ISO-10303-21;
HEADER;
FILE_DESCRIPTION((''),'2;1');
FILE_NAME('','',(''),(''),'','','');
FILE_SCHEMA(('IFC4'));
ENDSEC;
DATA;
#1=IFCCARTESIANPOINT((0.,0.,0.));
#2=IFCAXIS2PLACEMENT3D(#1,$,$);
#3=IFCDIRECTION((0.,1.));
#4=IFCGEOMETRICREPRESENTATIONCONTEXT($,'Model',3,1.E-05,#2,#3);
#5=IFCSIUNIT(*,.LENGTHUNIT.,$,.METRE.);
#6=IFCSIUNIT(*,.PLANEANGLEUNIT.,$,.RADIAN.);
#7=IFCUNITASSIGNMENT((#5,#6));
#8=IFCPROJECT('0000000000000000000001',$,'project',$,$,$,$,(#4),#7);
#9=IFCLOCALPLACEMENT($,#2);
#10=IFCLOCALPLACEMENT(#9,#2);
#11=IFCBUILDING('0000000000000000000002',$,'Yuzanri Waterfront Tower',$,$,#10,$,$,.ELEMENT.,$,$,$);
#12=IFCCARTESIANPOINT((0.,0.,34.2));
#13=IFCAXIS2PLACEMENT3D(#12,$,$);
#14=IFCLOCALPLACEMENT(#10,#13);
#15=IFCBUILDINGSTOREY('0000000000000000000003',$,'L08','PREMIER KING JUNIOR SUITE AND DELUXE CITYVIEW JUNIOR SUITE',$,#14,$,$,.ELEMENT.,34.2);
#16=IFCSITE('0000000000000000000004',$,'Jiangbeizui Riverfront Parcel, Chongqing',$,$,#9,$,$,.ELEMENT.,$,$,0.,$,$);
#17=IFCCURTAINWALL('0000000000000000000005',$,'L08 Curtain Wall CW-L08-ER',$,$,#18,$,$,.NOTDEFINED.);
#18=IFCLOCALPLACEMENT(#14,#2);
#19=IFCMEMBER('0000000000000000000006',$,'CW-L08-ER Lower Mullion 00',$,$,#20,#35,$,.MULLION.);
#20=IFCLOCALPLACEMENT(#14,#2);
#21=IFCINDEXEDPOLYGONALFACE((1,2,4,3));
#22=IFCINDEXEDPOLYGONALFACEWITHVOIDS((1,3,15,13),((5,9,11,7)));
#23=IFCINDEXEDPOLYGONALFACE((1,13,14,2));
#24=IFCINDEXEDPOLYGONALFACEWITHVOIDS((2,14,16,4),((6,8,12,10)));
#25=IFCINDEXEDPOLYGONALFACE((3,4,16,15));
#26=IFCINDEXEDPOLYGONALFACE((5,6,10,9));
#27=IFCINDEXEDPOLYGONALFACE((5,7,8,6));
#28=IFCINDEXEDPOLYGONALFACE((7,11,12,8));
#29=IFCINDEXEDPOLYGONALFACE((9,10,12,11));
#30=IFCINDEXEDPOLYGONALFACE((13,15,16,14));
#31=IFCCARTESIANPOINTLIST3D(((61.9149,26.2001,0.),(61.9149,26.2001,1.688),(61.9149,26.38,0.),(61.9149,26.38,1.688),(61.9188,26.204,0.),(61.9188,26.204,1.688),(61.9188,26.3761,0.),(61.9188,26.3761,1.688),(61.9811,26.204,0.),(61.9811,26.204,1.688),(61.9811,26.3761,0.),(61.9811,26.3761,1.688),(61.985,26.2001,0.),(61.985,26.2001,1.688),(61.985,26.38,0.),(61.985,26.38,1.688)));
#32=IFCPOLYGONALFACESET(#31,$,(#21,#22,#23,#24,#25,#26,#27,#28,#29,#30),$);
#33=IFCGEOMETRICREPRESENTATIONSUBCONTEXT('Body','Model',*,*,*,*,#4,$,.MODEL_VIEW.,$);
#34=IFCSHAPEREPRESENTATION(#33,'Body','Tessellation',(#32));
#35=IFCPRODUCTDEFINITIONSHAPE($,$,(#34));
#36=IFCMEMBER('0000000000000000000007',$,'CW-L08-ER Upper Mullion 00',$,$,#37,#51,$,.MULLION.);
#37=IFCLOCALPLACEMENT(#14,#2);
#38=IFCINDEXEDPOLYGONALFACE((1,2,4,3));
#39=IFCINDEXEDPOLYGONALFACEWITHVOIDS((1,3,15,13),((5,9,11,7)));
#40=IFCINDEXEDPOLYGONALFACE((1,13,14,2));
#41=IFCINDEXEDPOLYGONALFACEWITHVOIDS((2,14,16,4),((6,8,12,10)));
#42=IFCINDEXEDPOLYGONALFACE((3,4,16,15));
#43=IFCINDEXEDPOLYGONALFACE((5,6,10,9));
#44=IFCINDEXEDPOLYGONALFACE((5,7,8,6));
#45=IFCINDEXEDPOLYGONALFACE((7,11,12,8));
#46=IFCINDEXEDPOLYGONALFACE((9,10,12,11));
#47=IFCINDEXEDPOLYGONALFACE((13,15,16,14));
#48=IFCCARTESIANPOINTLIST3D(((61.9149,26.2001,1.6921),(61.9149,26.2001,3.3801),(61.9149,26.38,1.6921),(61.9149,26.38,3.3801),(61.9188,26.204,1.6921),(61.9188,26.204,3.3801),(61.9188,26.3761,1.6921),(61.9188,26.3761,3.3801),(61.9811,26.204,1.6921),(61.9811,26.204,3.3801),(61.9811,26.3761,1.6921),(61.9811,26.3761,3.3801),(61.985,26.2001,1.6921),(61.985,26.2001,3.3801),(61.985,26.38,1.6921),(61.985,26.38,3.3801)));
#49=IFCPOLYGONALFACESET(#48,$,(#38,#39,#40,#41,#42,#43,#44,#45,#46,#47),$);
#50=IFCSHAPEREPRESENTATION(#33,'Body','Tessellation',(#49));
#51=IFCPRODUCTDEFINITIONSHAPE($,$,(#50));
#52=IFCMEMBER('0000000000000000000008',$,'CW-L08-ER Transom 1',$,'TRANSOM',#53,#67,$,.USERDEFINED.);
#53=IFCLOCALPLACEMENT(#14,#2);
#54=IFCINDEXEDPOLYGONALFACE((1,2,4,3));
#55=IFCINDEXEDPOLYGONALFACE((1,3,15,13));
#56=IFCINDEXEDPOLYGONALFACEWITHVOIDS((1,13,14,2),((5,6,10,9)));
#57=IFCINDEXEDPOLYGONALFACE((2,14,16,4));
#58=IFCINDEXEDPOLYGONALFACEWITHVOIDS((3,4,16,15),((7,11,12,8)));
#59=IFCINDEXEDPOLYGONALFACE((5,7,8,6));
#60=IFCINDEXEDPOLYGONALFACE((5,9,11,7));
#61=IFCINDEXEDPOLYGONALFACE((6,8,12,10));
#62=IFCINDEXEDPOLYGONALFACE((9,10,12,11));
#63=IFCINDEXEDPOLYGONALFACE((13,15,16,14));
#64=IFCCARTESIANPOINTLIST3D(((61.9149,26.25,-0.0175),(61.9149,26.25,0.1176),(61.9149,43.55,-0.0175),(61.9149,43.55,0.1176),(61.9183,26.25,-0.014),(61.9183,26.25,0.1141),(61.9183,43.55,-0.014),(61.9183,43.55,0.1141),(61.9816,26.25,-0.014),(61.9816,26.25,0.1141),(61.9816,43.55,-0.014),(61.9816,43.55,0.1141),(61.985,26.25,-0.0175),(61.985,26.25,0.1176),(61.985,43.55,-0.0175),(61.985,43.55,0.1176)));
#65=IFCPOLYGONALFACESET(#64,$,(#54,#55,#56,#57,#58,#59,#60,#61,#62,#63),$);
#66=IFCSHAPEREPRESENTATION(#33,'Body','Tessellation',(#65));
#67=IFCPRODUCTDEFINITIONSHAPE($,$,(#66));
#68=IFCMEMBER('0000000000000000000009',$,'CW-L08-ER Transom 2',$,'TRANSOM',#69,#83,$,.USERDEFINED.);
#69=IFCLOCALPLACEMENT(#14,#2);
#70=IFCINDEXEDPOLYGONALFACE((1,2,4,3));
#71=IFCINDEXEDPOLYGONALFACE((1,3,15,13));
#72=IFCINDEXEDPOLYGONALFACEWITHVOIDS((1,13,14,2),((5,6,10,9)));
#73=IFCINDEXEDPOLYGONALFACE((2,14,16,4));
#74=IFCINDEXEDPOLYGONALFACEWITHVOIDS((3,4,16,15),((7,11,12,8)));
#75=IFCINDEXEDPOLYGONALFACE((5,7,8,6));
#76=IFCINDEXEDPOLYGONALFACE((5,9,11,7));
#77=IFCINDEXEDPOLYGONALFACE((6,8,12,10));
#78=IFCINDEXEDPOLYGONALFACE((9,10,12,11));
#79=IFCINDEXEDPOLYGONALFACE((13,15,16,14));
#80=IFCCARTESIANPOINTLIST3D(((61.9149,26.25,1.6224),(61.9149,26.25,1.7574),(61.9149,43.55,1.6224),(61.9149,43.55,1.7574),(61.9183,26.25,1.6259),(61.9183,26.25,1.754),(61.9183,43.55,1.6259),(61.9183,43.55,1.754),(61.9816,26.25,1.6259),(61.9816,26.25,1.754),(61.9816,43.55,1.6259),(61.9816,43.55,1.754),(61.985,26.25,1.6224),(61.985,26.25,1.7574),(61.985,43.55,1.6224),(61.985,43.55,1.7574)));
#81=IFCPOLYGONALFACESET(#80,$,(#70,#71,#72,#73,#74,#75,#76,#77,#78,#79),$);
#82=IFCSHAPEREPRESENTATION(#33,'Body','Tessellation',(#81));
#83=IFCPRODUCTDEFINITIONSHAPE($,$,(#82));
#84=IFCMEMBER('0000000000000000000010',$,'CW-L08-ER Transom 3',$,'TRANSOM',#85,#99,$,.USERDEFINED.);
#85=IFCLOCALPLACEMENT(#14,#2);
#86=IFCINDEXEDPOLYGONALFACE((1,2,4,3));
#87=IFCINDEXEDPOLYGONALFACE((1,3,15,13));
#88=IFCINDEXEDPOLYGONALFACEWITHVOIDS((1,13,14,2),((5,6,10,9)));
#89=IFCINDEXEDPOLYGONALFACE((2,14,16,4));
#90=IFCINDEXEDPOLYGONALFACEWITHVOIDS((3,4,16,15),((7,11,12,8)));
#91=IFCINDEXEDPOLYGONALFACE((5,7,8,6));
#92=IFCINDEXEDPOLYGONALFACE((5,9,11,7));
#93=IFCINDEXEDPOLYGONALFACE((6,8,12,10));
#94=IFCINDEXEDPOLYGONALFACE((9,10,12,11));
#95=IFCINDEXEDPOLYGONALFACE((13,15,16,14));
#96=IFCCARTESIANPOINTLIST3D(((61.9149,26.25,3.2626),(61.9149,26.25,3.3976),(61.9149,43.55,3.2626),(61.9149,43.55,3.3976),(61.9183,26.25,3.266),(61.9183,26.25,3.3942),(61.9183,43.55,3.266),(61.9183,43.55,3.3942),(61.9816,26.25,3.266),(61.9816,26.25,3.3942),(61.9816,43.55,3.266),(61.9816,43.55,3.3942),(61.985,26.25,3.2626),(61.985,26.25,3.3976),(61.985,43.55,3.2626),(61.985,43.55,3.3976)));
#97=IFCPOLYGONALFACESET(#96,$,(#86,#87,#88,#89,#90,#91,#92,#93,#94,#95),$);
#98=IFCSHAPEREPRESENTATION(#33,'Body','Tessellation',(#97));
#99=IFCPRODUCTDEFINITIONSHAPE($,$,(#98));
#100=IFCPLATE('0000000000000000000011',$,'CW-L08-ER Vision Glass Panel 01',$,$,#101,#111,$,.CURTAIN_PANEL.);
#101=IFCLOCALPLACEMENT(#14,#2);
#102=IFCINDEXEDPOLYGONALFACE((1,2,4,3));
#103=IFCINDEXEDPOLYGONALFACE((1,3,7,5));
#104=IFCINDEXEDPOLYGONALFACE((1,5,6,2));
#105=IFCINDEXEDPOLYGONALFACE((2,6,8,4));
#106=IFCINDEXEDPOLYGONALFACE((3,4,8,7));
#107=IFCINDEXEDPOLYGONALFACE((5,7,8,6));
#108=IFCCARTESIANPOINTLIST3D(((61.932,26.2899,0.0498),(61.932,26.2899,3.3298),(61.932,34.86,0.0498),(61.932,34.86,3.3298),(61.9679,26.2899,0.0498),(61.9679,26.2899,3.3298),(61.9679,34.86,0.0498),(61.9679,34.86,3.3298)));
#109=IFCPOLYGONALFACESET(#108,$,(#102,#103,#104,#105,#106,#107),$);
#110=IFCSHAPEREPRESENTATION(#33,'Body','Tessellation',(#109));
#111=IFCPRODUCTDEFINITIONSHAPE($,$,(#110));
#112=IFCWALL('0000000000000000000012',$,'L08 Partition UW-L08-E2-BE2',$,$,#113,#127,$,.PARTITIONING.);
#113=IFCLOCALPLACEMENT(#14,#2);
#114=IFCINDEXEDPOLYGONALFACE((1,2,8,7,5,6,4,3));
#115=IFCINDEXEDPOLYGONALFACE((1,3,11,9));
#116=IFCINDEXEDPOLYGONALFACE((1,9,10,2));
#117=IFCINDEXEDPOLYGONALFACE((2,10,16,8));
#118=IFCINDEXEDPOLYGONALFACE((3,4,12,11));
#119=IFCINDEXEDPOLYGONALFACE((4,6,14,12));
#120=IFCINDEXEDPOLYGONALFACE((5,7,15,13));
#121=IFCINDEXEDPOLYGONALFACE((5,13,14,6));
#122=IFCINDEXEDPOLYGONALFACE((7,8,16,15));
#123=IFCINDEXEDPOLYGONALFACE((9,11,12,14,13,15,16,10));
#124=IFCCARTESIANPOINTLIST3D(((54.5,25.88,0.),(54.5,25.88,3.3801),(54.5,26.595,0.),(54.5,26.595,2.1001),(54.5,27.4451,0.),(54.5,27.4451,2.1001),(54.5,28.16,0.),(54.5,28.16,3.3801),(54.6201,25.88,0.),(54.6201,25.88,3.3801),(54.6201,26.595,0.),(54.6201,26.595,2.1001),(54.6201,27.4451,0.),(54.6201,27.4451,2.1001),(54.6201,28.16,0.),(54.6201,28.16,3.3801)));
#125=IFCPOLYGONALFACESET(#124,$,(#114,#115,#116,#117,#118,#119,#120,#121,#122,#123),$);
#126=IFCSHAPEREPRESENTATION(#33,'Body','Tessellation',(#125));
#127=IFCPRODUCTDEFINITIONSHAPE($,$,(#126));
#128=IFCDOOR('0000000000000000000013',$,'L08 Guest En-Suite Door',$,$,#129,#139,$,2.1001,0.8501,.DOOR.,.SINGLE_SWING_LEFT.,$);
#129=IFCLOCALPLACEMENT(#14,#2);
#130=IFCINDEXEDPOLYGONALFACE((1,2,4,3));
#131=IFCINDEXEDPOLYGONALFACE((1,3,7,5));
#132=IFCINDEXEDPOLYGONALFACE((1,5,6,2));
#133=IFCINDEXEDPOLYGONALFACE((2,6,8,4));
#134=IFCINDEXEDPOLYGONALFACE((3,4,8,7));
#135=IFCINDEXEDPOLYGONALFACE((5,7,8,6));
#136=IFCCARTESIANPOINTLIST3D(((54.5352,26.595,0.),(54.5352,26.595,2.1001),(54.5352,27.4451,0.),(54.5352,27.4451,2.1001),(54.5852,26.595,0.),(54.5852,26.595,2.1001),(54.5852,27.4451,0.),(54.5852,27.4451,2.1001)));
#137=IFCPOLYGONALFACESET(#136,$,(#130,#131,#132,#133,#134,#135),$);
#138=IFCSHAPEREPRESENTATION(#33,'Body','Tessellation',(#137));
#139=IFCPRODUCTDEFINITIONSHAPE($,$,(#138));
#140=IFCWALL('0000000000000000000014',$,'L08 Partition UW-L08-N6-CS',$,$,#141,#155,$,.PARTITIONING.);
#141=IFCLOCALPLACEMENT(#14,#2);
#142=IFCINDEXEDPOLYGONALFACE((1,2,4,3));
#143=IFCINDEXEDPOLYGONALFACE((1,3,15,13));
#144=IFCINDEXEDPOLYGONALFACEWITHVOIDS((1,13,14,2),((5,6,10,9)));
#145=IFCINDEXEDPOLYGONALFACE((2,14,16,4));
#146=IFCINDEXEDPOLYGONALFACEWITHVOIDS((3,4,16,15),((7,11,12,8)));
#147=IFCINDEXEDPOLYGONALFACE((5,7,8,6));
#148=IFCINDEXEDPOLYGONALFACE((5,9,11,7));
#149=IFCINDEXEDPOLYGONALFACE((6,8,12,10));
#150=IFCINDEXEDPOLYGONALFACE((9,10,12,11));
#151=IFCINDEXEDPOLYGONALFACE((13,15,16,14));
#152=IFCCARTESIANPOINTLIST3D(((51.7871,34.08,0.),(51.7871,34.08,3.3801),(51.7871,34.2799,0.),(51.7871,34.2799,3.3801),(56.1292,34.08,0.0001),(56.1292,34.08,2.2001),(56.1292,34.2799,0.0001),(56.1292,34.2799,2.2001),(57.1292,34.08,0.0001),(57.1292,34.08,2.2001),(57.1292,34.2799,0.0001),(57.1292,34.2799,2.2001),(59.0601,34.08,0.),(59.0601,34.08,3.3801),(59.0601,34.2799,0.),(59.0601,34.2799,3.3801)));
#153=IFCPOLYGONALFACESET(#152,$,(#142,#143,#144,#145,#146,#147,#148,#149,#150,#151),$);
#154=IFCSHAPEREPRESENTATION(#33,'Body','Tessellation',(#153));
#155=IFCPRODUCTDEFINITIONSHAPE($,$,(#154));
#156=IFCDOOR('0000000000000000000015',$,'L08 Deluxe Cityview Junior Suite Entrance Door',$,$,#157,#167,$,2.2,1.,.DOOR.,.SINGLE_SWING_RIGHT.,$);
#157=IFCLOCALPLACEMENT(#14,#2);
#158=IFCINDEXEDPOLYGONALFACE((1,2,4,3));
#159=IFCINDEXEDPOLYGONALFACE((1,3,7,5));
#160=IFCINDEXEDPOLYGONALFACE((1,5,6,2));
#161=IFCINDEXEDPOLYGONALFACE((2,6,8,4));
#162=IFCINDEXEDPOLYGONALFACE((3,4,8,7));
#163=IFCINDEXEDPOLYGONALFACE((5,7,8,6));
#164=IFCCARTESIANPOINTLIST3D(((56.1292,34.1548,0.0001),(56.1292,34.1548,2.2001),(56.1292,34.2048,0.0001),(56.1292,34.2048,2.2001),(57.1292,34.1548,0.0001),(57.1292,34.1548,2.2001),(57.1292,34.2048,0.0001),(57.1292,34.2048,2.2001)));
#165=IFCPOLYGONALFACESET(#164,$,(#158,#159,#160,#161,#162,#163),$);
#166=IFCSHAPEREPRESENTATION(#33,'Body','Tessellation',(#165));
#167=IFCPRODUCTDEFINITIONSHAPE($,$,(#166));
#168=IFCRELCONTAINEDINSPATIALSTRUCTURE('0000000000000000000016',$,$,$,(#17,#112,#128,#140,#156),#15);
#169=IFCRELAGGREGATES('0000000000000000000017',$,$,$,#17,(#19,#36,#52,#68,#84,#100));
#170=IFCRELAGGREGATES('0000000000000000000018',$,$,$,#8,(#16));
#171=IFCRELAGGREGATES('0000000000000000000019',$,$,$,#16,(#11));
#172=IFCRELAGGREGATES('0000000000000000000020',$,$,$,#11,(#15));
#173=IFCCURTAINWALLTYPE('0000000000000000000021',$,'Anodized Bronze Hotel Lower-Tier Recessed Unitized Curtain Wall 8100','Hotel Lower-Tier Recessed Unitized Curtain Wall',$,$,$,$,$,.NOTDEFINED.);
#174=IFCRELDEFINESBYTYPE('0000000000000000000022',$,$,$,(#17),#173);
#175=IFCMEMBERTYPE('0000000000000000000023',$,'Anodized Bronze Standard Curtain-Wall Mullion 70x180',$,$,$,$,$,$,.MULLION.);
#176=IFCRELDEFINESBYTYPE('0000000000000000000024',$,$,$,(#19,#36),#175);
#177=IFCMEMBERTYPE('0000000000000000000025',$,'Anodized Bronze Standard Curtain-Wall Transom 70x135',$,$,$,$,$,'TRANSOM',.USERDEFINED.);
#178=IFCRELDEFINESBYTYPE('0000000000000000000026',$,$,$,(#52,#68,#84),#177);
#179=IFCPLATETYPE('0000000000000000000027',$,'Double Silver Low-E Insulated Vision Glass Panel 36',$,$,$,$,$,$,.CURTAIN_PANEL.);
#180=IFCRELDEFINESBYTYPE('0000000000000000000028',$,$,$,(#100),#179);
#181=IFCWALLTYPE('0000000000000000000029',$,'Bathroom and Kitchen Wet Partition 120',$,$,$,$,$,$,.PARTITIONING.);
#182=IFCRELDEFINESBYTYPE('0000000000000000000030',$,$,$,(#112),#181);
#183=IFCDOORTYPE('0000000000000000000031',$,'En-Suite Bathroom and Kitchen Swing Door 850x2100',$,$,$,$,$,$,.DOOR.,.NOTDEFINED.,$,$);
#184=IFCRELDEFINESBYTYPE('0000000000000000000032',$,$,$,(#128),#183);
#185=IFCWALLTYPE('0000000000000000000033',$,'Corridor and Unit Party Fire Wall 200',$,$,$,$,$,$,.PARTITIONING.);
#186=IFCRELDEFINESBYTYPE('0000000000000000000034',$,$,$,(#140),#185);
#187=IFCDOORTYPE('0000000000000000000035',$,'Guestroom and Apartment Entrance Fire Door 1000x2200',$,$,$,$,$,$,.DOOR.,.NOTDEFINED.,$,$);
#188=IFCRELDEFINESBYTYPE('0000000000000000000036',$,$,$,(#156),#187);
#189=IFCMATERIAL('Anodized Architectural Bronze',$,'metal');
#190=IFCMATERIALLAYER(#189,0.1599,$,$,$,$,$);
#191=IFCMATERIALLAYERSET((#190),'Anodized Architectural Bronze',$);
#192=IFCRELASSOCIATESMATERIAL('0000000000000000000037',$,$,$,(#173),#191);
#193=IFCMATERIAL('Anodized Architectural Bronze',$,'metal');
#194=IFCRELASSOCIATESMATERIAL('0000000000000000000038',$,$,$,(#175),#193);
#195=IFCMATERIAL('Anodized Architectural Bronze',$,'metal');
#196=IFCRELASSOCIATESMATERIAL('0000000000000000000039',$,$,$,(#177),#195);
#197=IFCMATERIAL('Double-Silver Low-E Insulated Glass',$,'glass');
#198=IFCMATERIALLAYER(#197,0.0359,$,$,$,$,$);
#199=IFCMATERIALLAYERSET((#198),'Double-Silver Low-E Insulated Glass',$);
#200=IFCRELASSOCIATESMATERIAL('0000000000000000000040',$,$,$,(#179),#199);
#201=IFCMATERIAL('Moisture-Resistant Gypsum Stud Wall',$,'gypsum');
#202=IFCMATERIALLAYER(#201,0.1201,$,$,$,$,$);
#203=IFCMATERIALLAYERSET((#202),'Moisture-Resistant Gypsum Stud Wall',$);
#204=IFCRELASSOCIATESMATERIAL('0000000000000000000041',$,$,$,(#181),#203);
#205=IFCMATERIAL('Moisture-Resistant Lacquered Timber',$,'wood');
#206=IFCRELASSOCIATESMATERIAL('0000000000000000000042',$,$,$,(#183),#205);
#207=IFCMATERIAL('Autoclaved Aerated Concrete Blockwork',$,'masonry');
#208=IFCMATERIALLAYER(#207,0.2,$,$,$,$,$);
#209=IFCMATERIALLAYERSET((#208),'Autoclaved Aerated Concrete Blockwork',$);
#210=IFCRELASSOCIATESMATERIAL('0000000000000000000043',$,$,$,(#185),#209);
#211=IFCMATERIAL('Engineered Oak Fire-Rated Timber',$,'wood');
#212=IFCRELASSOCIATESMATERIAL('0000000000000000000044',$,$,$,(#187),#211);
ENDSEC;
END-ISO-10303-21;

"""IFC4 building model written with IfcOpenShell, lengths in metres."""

from ifc_helpers import new_model, si_unit, direction, frame, frame_2d, origin, origin_2d, place, context, subcontext, project, spatial, rectangle, hollow_rectangle, extrude, source, transform, mapped, material, layer, layer_set, material_profile, profile_set, type_object, element, fill, aggregate, save


model = new_model("IFC4")

# Units and contexts
model_context = context("Model", 3, precision=1e-05, world=origin(), true_north=direction((0.0, 1.0)))
body_context = subcontext(model_context, "Body", "Model", "MODEL_VIEW")
ifc_project = project(units=[si_unit("LENGTHUNIT", "METRE"), si_unit("PLANEANGLEUNIT", "RADIAN")], contexts=[model_context])

# Site, building, storey
site_placement = place(None, origin())
site = spatial("IfcSite", under=ifc_project, at=site_placement, Name="Jiangbeizui Riverfront Parcel, Chongqing", CompositionType="ELEMENT", RefElevation=0.0)
building_placement = place(site_placement, origin())
building = spatial("IfcBuilding", under=site, at=building_placement, Name="Yuzanri Waterfront Tower", CompositionType="ELEMENT")
storey_placement = place(building_placement, frame((0.0, 0.0, 34.2)))
storey = spatial("IfcBuildingStorey", under=building, at=storey_placement, Name="L08", Description="PREMIER KING JUNIOR SUITE AND DELUXE CITYVIEW JUNIOR SUITE", CompositionType="ELEMENT", Elevation=34.2)

# Shared definitions
ifc_material_1 = material(Name="Anodized Architectural Bronze", Category="metal")
ifc_layer_1 = layer(ifc_material_1, 0.1599)
ifc_layer_set_1 = layer_set([ifc_layer_1], Name="Anodized Architectural Bronze")
curtain_wall_type = type_object("IfcCurtainWallType", Name="Anodized Bronze Hotel Lower-Tier Recessed Unitized Curtain Wall 8100", Description="Hotel Lower-Tier Recessed Unitized Curtain Wall", PredefinedType="NOTDEFINED", material=ifc_layer_set_1)
ifc_material_2 = material(Name="Anodized Architectural Bronze", Category="metal")
ifc_material_profile_1 = material_profile(ifc_material_2, hollow_rectangle(XDim=0.0701, YDim=0.1799, WallThickness=0.0039, at=origin_2d()), Name="CWM 70x180")
ifc_profile_set_1 = profile_set([ifc_material_profile_1], Name="Anodized Architectural Bronze")
member_type_1 = type_object("IfcMemberType", Name="Anodized Bronze Standard Curtain-Wall Mullion 70x180", PredefinedType="MULLION", material=ifc_profile_set_1)
shared_shape_1 = source(origin(), body_context, "Body", "SweptSolid", [
    extrude(hollow_rectangle(XDim=0.0701, YDim=0.1799, WallThickness=0.0039, at=origin_2d()), origin(), (0.0, 0.0, 1.0), 1.688),
])

# Curtain wall, members, plate
curtain_wall_1_placement = place(storey_placement, origin())
curtain_wall_1 = element("IfcCurtainWall", 1, at=curtain_wall_1_placement, inside=storey, type_object=curtain_wall_type, Name="L08 Curtain Wall CW-L08-ER", PredefinedType="NOTDEFINED")
member_1_placement = place(storey_placement, frame((61.95, 26.29, 0.0), z_axis=(0.0, 0.0, 1.0), x_axis=(1.0, 0.0, 0.0)))
member_1 = element("IfcMember", 2, at=member_1_placement, type_object=member_type_1, Name="CW-L08-ER Lower Mullion 00", PredefinedType="MULLION", context=body_context, shape_type="MappedRepresentation", body=[
    mapped(shared_shape_1, transform((0.0, 0.0, 0.0), scale=1.0)),
])
member_2_placement = place(storey_placement, frame((61.95, 26.29, 1.6921), z_axis=(0.0, 0.0, 1.0), x_axis=(1.0, 0.0, 0.0)))
member_2 = element("IfcMember", 3, at=member_2_placement, type_object=member_type_1, Name="CW-L08-ER Upper Mullion 00", PredefinedType="MULLION", context=body_context, shape_type="MappedRepresentation", body=[
    mapped(shared_shape_1, transform((0.0, 0.0, 0.0), scale=1.0)),
])
ifc_material_3 = material(Name="Anodized Architectural Bronze", Category="metal")
ifc_material_profile_2 = material_profile(ifc_material_3, hollow_rectangle(XDim=0.0701, YDim=0.135, WallThickness=0.0034, at=origin_2d()), Name="CWT 70x135")
ifc_profile_set_2 = profile_set([ifc_material_profile_2], Name="Anodized Architectural Bronze")
member_type_2 = type_object("IfcMemberType", Name="Anodized Bronze Standard Curtain-Wall Transom 70x135", ElementType="TRANSOM", PredefinedType="USERDEFINED", material=ifc_profile_set_2)
shared_shape_2 = source(origin(), body_context, "Body", "SweptSolid", [
    extrude(hollow_rectangle(XDim=0.0701, YDim=0.135, WallThickness=0.0034, at=origin_2d()), origin(), (0.0, 0.0, 1.0), 17.3),
])
member_3_placement = place(storey_placement, frame((61.95, 26.25, 0.05), z_axis=(0.0, 1.0, 0.0), x_axis=(-1.0, 0.0, 0.0)))
member_3 = element("IfcMember", 4, at=member_3_placement, type_object=member_type_2, Name="CW-L08-ER Transom 1", ObjectType="TRANSOM", PredefinedType="USERDEFINED", context=body_context, shape_type="MappedRepresentation", body=[
    mapped(shared_shape_2, transform((0.0, 0.0, 0.0), scale=1.0)),
])
member_4_placement = place(storey_placement, frame((61.95, 26.25, 1.6899), z_axis=(0.0, 1.0, 0.0), x_axis=(-1.0, 0.0, 0.0)))
member_4 = element("IfcMember", 5, at=member_4_placement, type_object=member_type_2, Name="CW-L08-ER Transom 2", ObjectType="TRANSOM", PredefinedType="USERDEFINED", context=body_context, shape_type="MappedRepresentation", body=[
    mapped(shared_shape_2, transform((0.0, 0.0, 0.0), scale=1.0)),
])
member_5_placement = place(storey_placement, frame((61.95, 26.25, 3.3301), z_axis=(0.0, 1.0, 0.0), x_axis=(-1.0, 0.0, 0.0)))
member_5 = element("IfcMember", 6, at=member_5_placement, type_object=member_type_2, Name="CW-L08-ER Transom 3", ObjectType="TRANSOM", PredefinedType="USERDEFINED", context=body_context, shape_type="MappedRepresentation", body=[
    mapped(shared_shape_2, transform((0.0, 0.0, 0.0), scale=1.0)),
])
ifc_material_4 = material(Name="Double-Silver Low-E Insulated Glass", Category="glass")
ifc_layer_2 = layer(ifc_material_4, 0.0359)
ifc_layer_set_2 = layer_set([ifc_layer_2], Name="Double-Silver Low-E Insulated Glass")
plate_type = type_object("IfcPlateType", Name="Double Silver Low-E Insulated Vision Glass Panel 36", PredefinedType="CURTAIN_PANEL", material=ifc_layer_set_2)
shared_shape_3 = source(origin(), body_context, "Body", "SweptSolid", [
    extrude(rectangle(XDim=8.5701, YDim=0.0359, at=origin_2d()), origin(), (0.0, 0.0, 1.0), 3.28),
])
plate_placement = place(storey_placement, frame((61.95, 30.575, 0.0498), z_axis=(0.0, 0.0, 1.0), x_axis=(0.0, 1.0, 0.0)))
plate = element("IfcPlate", 7, at=plate_placement, type_object=plate_type, Name="CW-L08-ER Vision Glass Panel 01", PredefinedType="CURTAIN_PANEL", context=body_context, shape_type="MappedRepresentation", body=[
    mapped(shared_shape_3, transform((0.0, 0.0, 0.0), scale=1.0)),
])
aggregate(curtain_wall_1, [member_1, member_2, member_3, member_4, member_5, plate])

# Walls, openings, doors
ifc_material_5 = material(Name="Moisture-Resistant Gypsum Stud Wall", Category="gypsum")
ifc_layer_3 = layer(ifc_material_5, 0.1201)
ifc_layer_set_3 = layer_set([ifc_layer_3], Name="Moisture-Resistant Gypsum Stud Wall")
wall_type_1 = type_object("IfcWallType", Name="Bathroom and Kitchen Wet Partition 120", PredefinedType="PARTITIONING", material=ifc_layer_set_3)
wall_1_placement = place(storey_placement, frame((54.5601, 25.8799, 0.0), z_axis=(0.0, 0.0, 1.0), x_axis=(0.0, 1.0, 0.0)))
wall_1 = element("IfcWall", 8, at=wall_1_placement, inside=storey, type_object=wall_type_1, Name="L08 Partition UW-L08-E2-BE2", PredefinedType="PARTITIONING", context=body_context, shape_type="SweptSolid", body=[
    extrude(rectangle(XDim=2.28, YDim=0.1201, at=frame_2d((1.1401, 0.0))), origin(), (0.0, 0.0, 1.0), 3.3801),
])
opening_1_placement = place(wall_1_placement, frame((0.7151, 0.0, 0.0)))
opening_1 = element("IfcOpeningElement", 9, at=opening_1_placement, cuts=wall_1, PredefinedType="OPENING", context=body_context, shape_type="SweptSolid", body=[
    extrude(rectangle(XDim=0.8501, YDim=2.1001, at=frame_2d((0.425, 1.05))), frame((0.0, 0.075, 0.0), z_axis=(0.0, -1.0, 0.0), x_axis=(1.0, 0.0, 0.0)), (0.0, 0.0, 1.0), 0.1499),
])
ifc_material_6 = material(Name="Moisture-Resistant Lacquered Timber", Category="wood")
door_type_1 = type_object("IfcDoorType", Name="En-Suite Bathroom and Kitchen Swing Door 850x2100", OperationType="NOTDEFINED", PredefinedType="DOOR", material=ifc_material_6)
shared_shape_4 = source(origin(), body_context, "Body", "SweptSolid", [
    extrude(rectangle(XDim=0.8501, YDim=2.1001, at=frame_2d((0.425, 1.05))), frame((0.0, 0.0249, 0.0), z_axis=(0.0, -1.0, 0.0), x_axis=(1.0, 0.0, 0.0)), (0.0, 0.0, 1.0), 0.05),
])
door_1_placement = place(opening_1_placement, origin())
door_1 = element("IfcDoor", 10, at=door_1_placement, inside=storey, type_object=door_type_1, Name="L08 Guest En-Suite Door", OperationType="SINGLE_SWING_LEFT", OverallHeight=2.1001, OverallWidth=0.8501, PredefinedType="DOOR", context=body_context, shape_type="MappedRepresentation", body=[
    mapped(shared_shape_4, transform((0.0, 0.0, 0.0), scale=1.0)),
])
fill(opening_1, door_1)
ifc_material_7 = material(Name="Autoclaved Aerated Concrete Blockwork", Category="masonry")
ifc_layer_4 = layer(ifc_material_7, 0.2)
ifc_layer_set_4 = layer_set([ifc_layer_4], Name="Autoclaved Aerated Concrete Blockwork")
wall_type_2 = type_object("IfcWallType", Name="Corridor and Unit Party Fire Wall 200", PredefinedType="PARTITIONING", material=ifc_layer_set_4)
wall_2_placement = place(storey_placement, frame((51.7871, 34.1799, 0.0), z_axis=(0.0, 0.0, 1.0), x_axis=(1.0, 0.0, 0.0)))
wall_2 = element("IfcWall", 11, at=wall_2_placement, inside=storey, type_object=wall_type_2, Name="L08 Partition UW-L08-N6-CS", PredefinedType="PARTITIONING", context=body_context, shape_type="SweptSolid", body=[
    extrude(rectangle(XDim=7.2729, YDim=0.2, at=frame_2d((3.6365, 0.0))), origin(), (0.0, 0.0, 1.0), 3.3801),
])
opening_2_placement = place(wall_2_placement, frame((4.342, 0.0, 0.0)))
opening_2 = element("IfcOpeningElement", 12, at=opening_2_placement, cuts=wall_2, PredefinedType="OPENING", context=body_context, shape_type="SweptSolid", body=[
    extrude(rectangle(XDim=1.0, YDim=2.2, at=frame_2d((0.5, 1.1001))), frame((0.0, 0.1147, 0.0), z_axis=(0.0, -1.0, 0.0), x_axis=(1.0, 0.0, 0.0)), (0.0, 0.0, 1.0), 0.2297),
])
ifc_material_8 = material(Name="Engineered Oak Fire-Rated Timber", Category="wood")
door_type_2 = type_object("IfcDoorType", Name="Guestroom and Apartment Entrance Fire Door 1000x2200", OperationType="NOTDEFINED", PredefinedType="DOOR", material=ifc_material_8)
shared_shape_5 = source(origin(), body_context, "Body", "SweptSolid", [
    extrude(rectangle(XDim=1.0, YDim=2.2, at=frame_2d((0.5, 1.1001))), frame((0.0, 0.0249, 0.0), z_axis=(0.0, -1.0, 0.0), x_axis=(1.0, 0.0, 0.0)), (0.0, 0.0, 1.0), 0.05),
])
door_2_placement = place(opening_2_placement, origin())
door_2 = element("IfcDoor", 13, at=door_2_placement, inside=storey, type_object=door_type_2, Name="L08 Deluxe Cityview Junior Suite Entrance Door", OperationType="SINGLE_SWING_RIGHT", OverallHeight=2.2, OverallWidth=1.0, PredefinedType="DOOR", context=body_context, shape_type="MappedRepresentation", body=[
    mapped(shared_shape_5, transform((0.0, 0.0, 0.0), scale=1.0)),
])
fill(opening_2, door_2)

save(model, "model.ifc")
